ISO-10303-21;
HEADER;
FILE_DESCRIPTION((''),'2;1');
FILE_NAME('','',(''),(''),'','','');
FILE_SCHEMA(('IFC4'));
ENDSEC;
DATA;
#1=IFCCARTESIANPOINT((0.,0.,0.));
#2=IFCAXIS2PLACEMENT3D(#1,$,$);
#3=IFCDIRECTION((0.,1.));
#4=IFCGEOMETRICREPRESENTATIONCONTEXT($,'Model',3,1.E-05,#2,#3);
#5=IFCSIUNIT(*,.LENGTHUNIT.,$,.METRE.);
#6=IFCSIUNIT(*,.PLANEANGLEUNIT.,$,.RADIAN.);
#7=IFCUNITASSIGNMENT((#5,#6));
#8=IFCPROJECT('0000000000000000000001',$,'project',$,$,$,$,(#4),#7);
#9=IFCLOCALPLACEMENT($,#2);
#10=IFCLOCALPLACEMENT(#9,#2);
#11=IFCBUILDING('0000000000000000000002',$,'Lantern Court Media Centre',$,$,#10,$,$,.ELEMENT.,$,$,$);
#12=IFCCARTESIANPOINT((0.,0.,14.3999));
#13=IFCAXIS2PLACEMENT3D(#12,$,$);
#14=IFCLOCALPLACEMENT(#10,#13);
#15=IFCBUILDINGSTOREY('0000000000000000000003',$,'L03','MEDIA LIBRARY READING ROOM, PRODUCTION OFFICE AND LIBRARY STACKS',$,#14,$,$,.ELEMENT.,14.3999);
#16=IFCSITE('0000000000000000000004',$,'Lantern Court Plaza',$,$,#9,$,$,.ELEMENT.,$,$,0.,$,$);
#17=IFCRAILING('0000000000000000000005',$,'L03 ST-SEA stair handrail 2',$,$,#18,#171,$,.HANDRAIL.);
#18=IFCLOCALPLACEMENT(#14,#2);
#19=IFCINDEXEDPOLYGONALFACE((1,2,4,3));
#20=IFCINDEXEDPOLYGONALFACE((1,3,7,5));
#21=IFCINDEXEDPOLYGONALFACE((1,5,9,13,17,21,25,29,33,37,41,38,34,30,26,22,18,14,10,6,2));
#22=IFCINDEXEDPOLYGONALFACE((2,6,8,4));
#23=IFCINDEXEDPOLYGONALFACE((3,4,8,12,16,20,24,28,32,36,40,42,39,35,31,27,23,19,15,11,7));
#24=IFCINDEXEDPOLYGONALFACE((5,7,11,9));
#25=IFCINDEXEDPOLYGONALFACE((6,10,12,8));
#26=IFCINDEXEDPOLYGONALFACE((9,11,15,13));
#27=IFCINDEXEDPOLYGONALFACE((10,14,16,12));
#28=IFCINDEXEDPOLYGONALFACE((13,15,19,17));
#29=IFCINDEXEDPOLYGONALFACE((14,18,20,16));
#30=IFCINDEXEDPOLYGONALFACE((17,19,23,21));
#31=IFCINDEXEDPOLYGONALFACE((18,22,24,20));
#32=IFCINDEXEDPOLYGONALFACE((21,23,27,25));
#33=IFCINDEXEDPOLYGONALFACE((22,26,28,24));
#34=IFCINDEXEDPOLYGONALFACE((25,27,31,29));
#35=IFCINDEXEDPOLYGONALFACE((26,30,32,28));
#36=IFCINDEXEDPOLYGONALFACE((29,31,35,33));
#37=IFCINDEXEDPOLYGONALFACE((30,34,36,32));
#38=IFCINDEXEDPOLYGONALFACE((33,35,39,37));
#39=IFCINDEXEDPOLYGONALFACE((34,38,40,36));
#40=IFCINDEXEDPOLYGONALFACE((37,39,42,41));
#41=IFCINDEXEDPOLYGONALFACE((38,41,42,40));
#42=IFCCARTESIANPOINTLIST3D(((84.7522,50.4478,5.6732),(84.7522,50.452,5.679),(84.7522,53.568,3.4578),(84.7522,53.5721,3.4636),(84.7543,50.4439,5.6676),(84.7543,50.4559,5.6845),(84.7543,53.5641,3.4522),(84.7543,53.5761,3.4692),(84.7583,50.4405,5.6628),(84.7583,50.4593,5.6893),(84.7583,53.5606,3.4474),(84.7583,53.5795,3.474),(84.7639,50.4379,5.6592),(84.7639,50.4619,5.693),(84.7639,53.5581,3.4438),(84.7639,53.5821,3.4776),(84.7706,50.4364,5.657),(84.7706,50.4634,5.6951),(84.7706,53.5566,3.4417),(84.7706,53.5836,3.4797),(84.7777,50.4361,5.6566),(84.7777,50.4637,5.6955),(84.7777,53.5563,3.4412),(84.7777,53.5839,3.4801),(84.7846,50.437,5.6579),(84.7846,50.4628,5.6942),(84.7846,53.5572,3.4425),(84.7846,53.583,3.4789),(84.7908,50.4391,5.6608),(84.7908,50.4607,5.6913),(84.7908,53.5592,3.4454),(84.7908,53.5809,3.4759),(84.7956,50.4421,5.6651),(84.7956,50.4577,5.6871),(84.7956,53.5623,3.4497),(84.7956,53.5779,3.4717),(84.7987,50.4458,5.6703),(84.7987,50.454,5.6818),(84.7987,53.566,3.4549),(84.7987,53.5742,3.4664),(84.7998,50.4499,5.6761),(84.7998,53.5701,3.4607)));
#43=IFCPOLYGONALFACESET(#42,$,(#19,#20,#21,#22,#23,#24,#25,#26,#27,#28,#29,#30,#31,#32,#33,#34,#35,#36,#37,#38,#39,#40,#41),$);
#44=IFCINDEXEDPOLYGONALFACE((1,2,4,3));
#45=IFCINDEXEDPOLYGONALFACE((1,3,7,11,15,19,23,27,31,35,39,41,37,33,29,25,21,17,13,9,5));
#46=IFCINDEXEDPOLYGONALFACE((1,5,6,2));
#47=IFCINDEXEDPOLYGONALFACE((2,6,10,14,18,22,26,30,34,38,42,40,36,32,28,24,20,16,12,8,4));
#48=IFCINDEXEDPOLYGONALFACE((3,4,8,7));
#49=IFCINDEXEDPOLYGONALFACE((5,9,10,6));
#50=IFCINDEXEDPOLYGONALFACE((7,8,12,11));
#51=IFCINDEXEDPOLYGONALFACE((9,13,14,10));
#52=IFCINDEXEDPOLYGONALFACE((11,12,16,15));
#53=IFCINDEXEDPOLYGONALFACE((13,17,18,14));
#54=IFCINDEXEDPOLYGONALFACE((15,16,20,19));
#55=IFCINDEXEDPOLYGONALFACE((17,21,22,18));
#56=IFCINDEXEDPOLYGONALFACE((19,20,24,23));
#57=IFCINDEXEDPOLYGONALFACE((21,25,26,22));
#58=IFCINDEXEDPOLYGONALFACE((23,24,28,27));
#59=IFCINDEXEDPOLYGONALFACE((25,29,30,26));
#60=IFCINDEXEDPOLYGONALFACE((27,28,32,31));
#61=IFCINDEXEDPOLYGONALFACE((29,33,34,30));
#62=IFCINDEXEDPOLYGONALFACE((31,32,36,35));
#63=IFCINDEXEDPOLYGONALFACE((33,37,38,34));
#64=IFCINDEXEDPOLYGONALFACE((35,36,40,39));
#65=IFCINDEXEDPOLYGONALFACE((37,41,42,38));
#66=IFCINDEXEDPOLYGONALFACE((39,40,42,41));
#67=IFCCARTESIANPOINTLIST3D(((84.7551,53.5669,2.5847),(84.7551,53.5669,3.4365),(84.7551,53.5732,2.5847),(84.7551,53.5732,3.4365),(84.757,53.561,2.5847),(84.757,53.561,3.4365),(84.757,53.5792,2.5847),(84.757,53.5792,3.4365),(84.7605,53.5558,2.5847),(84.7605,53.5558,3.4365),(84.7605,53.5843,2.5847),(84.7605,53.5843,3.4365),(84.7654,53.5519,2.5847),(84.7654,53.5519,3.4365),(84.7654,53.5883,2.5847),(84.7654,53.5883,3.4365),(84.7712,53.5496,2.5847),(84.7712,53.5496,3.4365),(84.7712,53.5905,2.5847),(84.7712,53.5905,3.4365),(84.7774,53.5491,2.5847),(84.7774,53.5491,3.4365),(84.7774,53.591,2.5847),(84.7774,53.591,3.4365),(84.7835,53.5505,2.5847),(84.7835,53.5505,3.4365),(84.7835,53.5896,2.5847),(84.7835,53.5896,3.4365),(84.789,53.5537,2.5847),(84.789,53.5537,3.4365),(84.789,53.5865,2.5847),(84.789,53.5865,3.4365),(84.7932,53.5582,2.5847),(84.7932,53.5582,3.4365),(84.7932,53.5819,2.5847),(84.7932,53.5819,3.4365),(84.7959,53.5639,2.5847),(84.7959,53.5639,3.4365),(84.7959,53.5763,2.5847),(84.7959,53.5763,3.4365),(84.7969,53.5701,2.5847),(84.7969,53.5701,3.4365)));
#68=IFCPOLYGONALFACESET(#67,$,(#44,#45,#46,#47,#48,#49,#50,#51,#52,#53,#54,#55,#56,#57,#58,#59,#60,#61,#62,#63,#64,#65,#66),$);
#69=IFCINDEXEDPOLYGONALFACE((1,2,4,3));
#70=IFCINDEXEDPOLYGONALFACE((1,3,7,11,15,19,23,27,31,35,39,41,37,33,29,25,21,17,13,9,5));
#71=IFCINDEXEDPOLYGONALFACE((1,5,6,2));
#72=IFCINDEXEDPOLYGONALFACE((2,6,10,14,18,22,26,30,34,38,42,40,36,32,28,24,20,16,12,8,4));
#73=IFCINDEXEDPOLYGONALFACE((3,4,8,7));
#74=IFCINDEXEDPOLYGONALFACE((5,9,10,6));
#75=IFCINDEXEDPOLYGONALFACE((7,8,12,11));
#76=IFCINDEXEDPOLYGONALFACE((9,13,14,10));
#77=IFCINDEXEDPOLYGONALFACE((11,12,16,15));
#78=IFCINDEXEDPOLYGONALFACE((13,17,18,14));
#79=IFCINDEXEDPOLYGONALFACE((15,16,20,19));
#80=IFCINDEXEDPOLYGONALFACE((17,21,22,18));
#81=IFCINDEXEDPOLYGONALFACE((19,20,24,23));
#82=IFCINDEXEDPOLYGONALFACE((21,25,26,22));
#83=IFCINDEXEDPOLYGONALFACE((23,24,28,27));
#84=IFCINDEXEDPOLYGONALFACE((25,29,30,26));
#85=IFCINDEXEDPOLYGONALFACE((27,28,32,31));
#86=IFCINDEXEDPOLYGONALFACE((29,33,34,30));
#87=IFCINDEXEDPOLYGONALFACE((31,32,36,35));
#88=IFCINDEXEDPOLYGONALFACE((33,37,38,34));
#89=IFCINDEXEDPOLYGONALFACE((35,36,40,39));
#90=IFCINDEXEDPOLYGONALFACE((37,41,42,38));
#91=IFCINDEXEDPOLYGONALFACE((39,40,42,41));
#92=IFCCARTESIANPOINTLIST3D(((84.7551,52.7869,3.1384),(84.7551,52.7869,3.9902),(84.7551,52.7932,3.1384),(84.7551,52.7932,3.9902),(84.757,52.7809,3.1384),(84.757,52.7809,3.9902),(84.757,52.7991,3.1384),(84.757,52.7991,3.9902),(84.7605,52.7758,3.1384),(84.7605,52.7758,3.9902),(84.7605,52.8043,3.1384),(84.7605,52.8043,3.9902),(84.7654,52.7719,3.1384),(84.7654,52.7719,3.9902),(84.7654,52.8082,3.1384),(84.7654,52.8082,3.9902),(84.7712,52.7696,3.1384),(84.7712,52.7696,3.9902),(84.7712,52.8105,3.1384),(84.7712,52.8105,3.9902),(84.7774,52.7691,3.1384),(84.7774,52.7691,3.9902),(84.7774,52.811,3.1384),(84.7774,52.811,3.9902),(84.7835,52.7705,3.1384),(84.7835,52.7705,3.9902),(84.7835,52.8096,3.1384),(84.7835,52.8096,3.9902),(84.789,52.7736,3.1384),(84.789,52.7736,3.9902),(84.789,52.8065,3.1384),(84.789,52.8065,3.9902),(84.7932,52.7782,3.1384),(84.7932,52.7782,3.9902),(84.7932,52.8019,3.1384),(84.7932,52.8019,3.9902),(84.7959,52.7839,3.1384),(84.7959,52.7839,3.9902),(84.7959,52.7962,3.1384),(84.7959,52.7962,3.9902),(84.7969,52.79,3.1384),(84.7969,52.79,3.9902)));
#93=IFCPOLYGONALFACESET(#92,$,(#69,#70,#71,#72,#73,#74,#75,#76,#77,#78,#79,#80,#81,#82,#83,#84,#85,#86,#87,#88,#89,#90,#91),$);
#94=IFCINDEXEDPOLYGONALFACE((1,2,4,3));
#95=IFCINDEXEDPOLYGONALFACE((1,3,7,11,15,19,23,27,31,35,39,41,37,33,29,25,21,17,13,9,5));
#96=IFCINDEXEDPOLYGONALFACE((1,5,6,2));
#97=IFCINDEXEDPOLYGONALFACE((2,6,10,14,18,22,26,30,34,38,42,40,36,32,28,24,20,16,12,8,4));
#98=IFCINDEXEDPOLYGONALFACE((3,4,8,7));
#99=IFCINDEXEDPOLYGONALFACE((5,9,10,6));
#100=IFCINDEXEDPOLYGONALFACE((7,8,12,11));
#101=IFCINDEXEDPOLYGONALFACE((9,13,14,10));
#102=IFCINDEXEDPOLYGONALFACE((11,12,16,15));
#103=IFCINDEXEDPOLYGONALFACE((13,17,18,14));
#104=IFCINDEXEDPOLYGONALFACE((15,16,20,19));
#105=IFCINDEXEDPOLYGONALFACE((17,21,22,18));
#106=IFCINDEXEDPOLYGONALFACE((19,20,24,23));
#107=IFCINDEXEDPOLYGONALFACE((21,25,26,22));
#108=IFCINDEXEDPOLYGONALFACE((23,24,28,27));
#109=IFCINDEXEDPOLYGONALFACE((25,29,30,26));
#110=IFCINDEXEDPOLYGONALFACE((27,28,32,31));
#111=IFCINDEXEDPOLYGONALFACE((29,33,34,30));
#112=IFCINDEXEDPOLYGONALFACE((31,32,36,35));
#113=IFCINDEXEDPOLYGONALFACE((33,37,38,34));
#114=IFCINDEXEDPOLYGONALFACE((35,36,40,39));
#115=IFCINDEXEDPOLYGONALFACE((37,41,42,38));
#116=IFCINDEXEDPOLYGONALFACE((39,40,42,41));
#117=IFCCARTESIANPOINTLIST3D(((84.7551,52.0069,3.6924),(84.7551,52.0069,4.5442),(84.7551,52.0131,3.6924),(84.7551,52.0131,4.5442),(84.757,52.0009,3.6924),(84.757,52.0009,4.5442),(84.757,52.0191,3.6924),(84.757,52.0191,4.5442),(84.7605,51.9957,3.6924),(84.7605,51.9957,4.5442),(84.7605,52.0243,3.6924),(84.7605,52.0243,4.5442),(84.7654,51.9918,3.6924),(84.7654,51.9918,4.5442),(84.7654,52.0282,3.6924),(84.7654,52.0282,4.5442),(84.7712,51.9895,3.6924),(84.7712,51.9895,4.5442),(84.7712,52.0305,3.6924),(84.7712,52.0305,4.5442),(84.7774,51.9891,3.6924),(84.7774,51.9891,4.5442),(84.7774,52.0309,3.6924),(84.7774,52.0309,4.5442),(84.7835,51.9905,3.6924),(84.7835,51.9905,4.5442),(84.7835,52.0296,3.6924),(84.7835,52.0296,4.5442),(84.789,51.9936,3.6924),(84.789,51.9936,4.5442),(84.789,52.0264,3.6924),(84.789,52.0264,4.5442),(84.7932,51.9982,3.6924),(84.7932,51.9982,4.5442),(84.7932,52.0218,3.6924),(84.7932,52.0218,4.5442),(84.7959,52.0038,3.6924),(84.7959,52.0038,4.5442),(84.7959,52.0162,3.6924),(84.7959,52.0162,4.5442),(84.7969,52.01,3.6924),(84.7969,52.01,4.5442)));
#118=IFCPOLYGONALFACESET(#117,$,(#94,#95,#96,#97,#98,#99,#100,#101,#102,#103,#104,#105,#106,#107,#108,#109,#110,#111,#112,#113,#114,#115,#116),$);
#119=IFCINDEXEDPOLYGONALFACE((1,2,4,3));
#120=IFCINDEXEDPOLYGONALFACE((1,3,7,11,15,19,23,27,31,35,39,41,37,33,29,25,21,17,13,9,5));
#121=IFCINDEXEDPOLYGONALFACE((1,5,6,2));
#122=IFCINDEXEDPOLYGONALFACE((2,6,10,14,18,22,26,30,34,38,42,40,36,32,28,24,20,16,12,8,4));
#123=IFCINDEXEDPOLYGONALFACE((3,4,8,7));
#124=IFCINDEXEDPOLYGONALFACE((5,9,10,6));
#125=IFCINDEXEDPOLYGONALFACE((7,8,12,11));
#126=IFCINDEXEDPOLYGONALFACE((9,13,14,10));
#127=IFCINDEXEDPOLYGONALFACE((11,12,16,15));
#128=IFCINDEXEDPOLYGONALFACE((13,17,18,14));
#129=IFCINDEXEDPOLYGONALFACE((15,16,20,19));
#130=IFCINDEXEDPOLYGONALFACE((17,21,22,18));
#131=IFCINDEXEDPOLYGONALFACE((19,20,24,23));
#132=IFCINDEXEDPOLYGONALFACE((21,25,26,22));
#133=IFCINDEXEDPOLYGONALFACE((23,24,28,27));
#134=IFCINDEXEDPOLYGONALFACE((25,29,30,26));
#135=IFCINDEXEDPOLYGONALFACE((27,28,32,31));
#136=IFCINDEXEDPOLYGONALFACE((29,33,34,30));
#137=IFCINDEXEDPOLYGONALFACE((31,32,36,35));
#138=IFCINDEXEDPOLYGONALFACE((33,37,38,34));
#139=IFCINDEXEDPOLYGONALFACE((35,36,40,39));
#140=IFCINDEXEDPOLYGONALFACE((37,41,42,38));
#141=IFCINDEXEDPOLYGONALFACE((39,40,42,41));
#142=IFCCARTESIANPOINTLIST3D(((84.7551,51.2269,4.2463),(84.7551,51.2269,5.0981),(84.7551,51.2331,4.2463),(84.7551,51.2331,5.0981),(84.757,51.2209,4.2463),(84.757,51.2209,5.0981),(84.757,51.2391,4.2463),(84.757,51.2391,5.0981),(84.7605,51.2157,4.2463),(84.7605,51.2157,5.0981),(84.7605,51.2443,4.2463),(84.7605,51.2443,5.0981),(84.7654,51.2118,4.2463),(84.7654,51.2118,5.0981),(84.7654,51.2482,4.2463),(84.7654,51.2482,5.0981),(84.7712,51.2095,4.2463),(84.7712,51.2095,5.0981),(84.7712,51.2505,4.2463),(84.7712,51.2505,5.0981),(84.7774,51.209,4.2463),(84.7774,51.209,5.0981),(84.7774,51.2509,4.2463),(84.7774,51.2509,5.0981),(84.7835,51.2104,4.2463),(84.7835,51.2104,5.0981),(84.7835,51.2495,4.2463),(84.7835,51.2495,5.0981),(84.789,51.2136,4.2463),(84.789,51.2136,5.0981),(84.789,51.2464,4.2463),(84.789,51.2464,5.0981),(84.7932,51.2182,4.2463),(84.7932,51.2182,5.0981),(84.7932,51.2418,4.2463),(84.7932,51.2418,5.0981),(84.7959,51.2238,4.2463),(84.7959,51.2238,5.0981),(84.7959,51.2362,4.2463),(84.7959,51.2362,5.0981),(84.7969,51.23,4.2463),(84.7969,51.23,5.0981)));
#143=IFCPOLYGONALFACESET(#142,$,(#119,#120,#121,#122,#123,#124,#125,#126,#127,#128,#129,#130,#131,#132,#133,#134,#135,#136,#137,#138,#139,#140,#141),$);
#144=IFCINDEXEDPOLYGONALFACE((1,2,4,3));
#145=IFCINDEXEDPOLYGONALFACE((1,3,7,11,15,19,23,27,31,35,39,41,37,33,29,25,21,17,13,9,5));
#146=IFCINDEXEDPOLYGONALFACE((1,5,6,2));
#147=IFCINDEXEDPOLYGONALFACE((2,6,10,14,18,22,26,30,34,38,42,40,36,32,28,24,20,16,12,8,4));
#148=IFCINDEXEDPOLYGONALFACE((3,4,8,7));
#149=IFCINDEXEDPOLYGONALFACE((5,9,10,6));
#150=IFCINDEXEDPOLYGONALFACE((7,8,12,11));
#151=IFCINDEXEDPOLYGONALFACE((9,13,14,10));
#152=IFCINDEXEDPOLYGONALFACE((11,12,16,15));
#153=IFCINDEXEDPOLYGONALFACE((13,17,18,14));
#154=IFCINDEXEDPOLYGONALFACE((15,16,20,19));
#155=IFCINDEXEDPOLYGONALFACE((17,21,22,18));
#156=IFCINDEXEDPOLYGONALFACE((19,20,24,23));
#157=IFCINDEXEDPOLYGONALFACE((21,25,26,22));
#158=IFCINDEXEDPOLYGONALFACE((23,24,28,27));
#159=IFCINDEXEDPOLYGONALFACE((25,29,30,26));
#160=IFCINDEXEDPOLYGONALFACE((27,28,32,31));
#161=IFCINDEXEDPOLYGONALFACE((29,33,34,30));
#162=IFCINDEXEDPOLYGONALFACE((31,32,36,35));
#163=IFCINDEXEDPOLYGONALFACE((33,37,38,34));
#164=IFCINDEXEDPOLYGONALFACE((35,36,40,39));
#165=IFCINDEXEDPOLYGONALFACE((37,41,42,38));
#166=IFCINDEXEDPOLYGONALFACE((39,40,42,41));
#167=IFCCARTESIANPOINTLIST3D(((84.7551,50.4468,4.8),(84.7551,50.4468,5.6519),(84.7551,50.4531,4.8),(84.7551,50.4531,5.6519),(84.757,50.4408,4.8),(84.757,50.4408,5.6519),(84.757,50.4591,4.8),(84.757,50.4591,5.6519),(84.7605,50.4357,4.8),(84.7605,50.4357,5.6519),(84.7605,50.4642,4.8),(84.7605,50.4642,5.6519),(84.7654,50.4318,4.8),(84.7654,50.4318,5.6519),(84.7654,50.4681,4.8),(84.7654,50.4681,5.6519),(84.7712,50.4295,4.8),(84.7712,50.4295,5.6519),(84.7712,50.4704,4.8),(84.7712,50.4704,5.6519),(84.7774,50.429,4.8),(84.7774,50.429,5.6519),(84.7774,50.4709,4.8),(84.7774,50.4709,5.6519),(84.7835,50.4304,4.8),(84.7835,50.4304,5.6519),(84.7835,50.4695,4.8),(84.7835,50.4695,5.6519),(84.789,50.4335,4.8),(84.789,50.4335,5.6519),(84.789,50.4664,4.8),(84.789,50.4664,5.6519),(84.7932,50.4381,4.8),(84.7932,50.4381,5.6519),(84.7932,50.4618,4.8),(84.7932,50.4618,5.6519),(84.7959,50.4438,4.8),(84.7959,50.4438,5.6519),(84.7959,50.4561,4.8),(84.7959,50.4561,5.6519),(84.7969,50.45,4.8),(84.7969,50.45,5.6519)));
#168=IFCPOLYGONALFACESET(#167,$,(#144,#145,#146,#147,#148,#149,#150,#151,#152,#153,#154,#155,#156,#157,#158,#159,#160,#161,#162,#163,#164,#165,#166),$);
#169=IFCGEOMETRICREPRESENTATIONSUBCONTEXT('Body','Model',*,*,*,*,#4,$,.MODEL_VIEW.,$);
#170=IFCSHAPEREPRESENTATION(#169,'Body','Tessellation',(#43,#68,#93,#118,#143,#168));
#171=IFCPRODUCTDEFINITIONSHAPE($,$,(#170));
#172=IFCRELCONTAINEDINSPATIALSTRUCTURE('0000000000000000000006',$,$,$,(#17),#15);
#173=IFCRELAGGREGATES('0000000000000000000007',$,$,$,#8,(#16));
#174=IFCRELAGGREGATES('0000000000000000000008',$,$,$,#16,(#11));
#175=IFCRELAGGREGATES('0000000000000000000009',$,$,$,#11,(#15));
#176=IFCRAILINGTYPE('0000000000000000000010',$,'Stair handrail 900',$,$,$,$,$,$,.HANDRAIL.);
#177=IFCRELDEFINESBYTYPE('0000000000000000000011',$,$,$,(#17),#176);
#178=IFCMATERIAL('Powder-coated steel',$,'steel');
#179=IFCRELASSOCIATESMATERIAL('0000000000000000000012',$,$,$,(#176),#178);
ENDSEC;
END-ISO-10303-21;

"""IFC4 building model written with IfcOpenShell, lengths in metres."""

from ifc_helpers import new_model, si_unit, direction, frame, origin, origin_2d, place, context, subcontext, project, spatial, circle, extrude, material, type_object, element, save


model = new_model("IFC4")

# Units and contexts
model_context = context("Model", 3, precision=1e-05, world=origin(), true_north=direction((0.0, 1.0)))
body_context = subcontext(model_context, "Body", "Model", "MODEL_VIEW")
ifc_project = project(units=[si_unit("LENGTHUNIT", "METRE"), si_unit("PLANEANGLEUNIT", "RADIAN")], contexts=[model_context])

# Site, building, storey
site_placement = place(None, origin())
site = spatial("IfcSite", under=ifc_project, at=site_placement, Name="Lantern Court Plaza", CompositionType="ELEMENT", RefElevation=0.0)
building_placement = place(site_placement, origin())
building = spatial("IfcBuilding", under=site, at=building_placement, Name="Lantern Court Media Centre", CompositionType="ELEMENT")
storey_placement = place(building_placement, frame((0.0, 0.0, 14.3999)))
storey = spatial("IfcBuildingStorey", under=building, at=storey_placement, Name="L03", Description="MEDIA LIBRARY READING ROOM, PRODUCTION OFFICE AND LIBRARY STACKS", CompositionType="ELEMENT", Elevation=14.3999)

# Railing
ifc_material_1 = material(Name="Powder-coated steel", Category="steel")
railing_type_1 = type_object("IfcRailingType", Name="Stair handrail 900", PredefinedType="HANDRAIL", material=ifc_material_1)
railing_1_placement = place(storey_placement, frame((84.7759, 53.5701, 2.5847)))
element("IfcRailing", 1, at=railing_1_placement, inside=storey, type_object=railing_type_1, Name="L03 ST-SEA stair handrail 2", PredefinedType="HANDRAIL", context=body_context, shape_type="SweptSolid", body=[
    extrude(circle(Radius=0.0239, at=origin_2d()), frame((0.0, 0.0, 0.876), z_axis=(0.0, -0.815377, 0.57893), x_axis=(1.0, 0.0, 0.0)), (0.0, 0.0, 1.0), 3.8267),
    extrude(circle(Radius=0.021, at=origin_2d()), origin(), (0.0, 0.0, 1.0), 0.8518),
    extrude(circle(Radius=0.021, at=origin_2d()), frame((0.0, -0.78, 0.5537)), (0.0, 0.0, 1.0), 0.8518),
    extrude(circle(Radius=0.021, at=origin_2d()), frame((0.0, -1.5601, 1.1077)), (0.0, 0.0, 1.0), 0.8518),
    extrude(circle(Radius=0.021, at=origin_2d()), frame((0.0, -2.3401, 1.6616)), (0.0, 0.0, 1.0), 0.8518),
    extrude(circle(Radius=0.021, at=origin_2d()), frame((0.0, -3.1201, 2.2153)), (0.0, 0.0, 1.0), 0.8518),
])

save(model, "model.ifc")
